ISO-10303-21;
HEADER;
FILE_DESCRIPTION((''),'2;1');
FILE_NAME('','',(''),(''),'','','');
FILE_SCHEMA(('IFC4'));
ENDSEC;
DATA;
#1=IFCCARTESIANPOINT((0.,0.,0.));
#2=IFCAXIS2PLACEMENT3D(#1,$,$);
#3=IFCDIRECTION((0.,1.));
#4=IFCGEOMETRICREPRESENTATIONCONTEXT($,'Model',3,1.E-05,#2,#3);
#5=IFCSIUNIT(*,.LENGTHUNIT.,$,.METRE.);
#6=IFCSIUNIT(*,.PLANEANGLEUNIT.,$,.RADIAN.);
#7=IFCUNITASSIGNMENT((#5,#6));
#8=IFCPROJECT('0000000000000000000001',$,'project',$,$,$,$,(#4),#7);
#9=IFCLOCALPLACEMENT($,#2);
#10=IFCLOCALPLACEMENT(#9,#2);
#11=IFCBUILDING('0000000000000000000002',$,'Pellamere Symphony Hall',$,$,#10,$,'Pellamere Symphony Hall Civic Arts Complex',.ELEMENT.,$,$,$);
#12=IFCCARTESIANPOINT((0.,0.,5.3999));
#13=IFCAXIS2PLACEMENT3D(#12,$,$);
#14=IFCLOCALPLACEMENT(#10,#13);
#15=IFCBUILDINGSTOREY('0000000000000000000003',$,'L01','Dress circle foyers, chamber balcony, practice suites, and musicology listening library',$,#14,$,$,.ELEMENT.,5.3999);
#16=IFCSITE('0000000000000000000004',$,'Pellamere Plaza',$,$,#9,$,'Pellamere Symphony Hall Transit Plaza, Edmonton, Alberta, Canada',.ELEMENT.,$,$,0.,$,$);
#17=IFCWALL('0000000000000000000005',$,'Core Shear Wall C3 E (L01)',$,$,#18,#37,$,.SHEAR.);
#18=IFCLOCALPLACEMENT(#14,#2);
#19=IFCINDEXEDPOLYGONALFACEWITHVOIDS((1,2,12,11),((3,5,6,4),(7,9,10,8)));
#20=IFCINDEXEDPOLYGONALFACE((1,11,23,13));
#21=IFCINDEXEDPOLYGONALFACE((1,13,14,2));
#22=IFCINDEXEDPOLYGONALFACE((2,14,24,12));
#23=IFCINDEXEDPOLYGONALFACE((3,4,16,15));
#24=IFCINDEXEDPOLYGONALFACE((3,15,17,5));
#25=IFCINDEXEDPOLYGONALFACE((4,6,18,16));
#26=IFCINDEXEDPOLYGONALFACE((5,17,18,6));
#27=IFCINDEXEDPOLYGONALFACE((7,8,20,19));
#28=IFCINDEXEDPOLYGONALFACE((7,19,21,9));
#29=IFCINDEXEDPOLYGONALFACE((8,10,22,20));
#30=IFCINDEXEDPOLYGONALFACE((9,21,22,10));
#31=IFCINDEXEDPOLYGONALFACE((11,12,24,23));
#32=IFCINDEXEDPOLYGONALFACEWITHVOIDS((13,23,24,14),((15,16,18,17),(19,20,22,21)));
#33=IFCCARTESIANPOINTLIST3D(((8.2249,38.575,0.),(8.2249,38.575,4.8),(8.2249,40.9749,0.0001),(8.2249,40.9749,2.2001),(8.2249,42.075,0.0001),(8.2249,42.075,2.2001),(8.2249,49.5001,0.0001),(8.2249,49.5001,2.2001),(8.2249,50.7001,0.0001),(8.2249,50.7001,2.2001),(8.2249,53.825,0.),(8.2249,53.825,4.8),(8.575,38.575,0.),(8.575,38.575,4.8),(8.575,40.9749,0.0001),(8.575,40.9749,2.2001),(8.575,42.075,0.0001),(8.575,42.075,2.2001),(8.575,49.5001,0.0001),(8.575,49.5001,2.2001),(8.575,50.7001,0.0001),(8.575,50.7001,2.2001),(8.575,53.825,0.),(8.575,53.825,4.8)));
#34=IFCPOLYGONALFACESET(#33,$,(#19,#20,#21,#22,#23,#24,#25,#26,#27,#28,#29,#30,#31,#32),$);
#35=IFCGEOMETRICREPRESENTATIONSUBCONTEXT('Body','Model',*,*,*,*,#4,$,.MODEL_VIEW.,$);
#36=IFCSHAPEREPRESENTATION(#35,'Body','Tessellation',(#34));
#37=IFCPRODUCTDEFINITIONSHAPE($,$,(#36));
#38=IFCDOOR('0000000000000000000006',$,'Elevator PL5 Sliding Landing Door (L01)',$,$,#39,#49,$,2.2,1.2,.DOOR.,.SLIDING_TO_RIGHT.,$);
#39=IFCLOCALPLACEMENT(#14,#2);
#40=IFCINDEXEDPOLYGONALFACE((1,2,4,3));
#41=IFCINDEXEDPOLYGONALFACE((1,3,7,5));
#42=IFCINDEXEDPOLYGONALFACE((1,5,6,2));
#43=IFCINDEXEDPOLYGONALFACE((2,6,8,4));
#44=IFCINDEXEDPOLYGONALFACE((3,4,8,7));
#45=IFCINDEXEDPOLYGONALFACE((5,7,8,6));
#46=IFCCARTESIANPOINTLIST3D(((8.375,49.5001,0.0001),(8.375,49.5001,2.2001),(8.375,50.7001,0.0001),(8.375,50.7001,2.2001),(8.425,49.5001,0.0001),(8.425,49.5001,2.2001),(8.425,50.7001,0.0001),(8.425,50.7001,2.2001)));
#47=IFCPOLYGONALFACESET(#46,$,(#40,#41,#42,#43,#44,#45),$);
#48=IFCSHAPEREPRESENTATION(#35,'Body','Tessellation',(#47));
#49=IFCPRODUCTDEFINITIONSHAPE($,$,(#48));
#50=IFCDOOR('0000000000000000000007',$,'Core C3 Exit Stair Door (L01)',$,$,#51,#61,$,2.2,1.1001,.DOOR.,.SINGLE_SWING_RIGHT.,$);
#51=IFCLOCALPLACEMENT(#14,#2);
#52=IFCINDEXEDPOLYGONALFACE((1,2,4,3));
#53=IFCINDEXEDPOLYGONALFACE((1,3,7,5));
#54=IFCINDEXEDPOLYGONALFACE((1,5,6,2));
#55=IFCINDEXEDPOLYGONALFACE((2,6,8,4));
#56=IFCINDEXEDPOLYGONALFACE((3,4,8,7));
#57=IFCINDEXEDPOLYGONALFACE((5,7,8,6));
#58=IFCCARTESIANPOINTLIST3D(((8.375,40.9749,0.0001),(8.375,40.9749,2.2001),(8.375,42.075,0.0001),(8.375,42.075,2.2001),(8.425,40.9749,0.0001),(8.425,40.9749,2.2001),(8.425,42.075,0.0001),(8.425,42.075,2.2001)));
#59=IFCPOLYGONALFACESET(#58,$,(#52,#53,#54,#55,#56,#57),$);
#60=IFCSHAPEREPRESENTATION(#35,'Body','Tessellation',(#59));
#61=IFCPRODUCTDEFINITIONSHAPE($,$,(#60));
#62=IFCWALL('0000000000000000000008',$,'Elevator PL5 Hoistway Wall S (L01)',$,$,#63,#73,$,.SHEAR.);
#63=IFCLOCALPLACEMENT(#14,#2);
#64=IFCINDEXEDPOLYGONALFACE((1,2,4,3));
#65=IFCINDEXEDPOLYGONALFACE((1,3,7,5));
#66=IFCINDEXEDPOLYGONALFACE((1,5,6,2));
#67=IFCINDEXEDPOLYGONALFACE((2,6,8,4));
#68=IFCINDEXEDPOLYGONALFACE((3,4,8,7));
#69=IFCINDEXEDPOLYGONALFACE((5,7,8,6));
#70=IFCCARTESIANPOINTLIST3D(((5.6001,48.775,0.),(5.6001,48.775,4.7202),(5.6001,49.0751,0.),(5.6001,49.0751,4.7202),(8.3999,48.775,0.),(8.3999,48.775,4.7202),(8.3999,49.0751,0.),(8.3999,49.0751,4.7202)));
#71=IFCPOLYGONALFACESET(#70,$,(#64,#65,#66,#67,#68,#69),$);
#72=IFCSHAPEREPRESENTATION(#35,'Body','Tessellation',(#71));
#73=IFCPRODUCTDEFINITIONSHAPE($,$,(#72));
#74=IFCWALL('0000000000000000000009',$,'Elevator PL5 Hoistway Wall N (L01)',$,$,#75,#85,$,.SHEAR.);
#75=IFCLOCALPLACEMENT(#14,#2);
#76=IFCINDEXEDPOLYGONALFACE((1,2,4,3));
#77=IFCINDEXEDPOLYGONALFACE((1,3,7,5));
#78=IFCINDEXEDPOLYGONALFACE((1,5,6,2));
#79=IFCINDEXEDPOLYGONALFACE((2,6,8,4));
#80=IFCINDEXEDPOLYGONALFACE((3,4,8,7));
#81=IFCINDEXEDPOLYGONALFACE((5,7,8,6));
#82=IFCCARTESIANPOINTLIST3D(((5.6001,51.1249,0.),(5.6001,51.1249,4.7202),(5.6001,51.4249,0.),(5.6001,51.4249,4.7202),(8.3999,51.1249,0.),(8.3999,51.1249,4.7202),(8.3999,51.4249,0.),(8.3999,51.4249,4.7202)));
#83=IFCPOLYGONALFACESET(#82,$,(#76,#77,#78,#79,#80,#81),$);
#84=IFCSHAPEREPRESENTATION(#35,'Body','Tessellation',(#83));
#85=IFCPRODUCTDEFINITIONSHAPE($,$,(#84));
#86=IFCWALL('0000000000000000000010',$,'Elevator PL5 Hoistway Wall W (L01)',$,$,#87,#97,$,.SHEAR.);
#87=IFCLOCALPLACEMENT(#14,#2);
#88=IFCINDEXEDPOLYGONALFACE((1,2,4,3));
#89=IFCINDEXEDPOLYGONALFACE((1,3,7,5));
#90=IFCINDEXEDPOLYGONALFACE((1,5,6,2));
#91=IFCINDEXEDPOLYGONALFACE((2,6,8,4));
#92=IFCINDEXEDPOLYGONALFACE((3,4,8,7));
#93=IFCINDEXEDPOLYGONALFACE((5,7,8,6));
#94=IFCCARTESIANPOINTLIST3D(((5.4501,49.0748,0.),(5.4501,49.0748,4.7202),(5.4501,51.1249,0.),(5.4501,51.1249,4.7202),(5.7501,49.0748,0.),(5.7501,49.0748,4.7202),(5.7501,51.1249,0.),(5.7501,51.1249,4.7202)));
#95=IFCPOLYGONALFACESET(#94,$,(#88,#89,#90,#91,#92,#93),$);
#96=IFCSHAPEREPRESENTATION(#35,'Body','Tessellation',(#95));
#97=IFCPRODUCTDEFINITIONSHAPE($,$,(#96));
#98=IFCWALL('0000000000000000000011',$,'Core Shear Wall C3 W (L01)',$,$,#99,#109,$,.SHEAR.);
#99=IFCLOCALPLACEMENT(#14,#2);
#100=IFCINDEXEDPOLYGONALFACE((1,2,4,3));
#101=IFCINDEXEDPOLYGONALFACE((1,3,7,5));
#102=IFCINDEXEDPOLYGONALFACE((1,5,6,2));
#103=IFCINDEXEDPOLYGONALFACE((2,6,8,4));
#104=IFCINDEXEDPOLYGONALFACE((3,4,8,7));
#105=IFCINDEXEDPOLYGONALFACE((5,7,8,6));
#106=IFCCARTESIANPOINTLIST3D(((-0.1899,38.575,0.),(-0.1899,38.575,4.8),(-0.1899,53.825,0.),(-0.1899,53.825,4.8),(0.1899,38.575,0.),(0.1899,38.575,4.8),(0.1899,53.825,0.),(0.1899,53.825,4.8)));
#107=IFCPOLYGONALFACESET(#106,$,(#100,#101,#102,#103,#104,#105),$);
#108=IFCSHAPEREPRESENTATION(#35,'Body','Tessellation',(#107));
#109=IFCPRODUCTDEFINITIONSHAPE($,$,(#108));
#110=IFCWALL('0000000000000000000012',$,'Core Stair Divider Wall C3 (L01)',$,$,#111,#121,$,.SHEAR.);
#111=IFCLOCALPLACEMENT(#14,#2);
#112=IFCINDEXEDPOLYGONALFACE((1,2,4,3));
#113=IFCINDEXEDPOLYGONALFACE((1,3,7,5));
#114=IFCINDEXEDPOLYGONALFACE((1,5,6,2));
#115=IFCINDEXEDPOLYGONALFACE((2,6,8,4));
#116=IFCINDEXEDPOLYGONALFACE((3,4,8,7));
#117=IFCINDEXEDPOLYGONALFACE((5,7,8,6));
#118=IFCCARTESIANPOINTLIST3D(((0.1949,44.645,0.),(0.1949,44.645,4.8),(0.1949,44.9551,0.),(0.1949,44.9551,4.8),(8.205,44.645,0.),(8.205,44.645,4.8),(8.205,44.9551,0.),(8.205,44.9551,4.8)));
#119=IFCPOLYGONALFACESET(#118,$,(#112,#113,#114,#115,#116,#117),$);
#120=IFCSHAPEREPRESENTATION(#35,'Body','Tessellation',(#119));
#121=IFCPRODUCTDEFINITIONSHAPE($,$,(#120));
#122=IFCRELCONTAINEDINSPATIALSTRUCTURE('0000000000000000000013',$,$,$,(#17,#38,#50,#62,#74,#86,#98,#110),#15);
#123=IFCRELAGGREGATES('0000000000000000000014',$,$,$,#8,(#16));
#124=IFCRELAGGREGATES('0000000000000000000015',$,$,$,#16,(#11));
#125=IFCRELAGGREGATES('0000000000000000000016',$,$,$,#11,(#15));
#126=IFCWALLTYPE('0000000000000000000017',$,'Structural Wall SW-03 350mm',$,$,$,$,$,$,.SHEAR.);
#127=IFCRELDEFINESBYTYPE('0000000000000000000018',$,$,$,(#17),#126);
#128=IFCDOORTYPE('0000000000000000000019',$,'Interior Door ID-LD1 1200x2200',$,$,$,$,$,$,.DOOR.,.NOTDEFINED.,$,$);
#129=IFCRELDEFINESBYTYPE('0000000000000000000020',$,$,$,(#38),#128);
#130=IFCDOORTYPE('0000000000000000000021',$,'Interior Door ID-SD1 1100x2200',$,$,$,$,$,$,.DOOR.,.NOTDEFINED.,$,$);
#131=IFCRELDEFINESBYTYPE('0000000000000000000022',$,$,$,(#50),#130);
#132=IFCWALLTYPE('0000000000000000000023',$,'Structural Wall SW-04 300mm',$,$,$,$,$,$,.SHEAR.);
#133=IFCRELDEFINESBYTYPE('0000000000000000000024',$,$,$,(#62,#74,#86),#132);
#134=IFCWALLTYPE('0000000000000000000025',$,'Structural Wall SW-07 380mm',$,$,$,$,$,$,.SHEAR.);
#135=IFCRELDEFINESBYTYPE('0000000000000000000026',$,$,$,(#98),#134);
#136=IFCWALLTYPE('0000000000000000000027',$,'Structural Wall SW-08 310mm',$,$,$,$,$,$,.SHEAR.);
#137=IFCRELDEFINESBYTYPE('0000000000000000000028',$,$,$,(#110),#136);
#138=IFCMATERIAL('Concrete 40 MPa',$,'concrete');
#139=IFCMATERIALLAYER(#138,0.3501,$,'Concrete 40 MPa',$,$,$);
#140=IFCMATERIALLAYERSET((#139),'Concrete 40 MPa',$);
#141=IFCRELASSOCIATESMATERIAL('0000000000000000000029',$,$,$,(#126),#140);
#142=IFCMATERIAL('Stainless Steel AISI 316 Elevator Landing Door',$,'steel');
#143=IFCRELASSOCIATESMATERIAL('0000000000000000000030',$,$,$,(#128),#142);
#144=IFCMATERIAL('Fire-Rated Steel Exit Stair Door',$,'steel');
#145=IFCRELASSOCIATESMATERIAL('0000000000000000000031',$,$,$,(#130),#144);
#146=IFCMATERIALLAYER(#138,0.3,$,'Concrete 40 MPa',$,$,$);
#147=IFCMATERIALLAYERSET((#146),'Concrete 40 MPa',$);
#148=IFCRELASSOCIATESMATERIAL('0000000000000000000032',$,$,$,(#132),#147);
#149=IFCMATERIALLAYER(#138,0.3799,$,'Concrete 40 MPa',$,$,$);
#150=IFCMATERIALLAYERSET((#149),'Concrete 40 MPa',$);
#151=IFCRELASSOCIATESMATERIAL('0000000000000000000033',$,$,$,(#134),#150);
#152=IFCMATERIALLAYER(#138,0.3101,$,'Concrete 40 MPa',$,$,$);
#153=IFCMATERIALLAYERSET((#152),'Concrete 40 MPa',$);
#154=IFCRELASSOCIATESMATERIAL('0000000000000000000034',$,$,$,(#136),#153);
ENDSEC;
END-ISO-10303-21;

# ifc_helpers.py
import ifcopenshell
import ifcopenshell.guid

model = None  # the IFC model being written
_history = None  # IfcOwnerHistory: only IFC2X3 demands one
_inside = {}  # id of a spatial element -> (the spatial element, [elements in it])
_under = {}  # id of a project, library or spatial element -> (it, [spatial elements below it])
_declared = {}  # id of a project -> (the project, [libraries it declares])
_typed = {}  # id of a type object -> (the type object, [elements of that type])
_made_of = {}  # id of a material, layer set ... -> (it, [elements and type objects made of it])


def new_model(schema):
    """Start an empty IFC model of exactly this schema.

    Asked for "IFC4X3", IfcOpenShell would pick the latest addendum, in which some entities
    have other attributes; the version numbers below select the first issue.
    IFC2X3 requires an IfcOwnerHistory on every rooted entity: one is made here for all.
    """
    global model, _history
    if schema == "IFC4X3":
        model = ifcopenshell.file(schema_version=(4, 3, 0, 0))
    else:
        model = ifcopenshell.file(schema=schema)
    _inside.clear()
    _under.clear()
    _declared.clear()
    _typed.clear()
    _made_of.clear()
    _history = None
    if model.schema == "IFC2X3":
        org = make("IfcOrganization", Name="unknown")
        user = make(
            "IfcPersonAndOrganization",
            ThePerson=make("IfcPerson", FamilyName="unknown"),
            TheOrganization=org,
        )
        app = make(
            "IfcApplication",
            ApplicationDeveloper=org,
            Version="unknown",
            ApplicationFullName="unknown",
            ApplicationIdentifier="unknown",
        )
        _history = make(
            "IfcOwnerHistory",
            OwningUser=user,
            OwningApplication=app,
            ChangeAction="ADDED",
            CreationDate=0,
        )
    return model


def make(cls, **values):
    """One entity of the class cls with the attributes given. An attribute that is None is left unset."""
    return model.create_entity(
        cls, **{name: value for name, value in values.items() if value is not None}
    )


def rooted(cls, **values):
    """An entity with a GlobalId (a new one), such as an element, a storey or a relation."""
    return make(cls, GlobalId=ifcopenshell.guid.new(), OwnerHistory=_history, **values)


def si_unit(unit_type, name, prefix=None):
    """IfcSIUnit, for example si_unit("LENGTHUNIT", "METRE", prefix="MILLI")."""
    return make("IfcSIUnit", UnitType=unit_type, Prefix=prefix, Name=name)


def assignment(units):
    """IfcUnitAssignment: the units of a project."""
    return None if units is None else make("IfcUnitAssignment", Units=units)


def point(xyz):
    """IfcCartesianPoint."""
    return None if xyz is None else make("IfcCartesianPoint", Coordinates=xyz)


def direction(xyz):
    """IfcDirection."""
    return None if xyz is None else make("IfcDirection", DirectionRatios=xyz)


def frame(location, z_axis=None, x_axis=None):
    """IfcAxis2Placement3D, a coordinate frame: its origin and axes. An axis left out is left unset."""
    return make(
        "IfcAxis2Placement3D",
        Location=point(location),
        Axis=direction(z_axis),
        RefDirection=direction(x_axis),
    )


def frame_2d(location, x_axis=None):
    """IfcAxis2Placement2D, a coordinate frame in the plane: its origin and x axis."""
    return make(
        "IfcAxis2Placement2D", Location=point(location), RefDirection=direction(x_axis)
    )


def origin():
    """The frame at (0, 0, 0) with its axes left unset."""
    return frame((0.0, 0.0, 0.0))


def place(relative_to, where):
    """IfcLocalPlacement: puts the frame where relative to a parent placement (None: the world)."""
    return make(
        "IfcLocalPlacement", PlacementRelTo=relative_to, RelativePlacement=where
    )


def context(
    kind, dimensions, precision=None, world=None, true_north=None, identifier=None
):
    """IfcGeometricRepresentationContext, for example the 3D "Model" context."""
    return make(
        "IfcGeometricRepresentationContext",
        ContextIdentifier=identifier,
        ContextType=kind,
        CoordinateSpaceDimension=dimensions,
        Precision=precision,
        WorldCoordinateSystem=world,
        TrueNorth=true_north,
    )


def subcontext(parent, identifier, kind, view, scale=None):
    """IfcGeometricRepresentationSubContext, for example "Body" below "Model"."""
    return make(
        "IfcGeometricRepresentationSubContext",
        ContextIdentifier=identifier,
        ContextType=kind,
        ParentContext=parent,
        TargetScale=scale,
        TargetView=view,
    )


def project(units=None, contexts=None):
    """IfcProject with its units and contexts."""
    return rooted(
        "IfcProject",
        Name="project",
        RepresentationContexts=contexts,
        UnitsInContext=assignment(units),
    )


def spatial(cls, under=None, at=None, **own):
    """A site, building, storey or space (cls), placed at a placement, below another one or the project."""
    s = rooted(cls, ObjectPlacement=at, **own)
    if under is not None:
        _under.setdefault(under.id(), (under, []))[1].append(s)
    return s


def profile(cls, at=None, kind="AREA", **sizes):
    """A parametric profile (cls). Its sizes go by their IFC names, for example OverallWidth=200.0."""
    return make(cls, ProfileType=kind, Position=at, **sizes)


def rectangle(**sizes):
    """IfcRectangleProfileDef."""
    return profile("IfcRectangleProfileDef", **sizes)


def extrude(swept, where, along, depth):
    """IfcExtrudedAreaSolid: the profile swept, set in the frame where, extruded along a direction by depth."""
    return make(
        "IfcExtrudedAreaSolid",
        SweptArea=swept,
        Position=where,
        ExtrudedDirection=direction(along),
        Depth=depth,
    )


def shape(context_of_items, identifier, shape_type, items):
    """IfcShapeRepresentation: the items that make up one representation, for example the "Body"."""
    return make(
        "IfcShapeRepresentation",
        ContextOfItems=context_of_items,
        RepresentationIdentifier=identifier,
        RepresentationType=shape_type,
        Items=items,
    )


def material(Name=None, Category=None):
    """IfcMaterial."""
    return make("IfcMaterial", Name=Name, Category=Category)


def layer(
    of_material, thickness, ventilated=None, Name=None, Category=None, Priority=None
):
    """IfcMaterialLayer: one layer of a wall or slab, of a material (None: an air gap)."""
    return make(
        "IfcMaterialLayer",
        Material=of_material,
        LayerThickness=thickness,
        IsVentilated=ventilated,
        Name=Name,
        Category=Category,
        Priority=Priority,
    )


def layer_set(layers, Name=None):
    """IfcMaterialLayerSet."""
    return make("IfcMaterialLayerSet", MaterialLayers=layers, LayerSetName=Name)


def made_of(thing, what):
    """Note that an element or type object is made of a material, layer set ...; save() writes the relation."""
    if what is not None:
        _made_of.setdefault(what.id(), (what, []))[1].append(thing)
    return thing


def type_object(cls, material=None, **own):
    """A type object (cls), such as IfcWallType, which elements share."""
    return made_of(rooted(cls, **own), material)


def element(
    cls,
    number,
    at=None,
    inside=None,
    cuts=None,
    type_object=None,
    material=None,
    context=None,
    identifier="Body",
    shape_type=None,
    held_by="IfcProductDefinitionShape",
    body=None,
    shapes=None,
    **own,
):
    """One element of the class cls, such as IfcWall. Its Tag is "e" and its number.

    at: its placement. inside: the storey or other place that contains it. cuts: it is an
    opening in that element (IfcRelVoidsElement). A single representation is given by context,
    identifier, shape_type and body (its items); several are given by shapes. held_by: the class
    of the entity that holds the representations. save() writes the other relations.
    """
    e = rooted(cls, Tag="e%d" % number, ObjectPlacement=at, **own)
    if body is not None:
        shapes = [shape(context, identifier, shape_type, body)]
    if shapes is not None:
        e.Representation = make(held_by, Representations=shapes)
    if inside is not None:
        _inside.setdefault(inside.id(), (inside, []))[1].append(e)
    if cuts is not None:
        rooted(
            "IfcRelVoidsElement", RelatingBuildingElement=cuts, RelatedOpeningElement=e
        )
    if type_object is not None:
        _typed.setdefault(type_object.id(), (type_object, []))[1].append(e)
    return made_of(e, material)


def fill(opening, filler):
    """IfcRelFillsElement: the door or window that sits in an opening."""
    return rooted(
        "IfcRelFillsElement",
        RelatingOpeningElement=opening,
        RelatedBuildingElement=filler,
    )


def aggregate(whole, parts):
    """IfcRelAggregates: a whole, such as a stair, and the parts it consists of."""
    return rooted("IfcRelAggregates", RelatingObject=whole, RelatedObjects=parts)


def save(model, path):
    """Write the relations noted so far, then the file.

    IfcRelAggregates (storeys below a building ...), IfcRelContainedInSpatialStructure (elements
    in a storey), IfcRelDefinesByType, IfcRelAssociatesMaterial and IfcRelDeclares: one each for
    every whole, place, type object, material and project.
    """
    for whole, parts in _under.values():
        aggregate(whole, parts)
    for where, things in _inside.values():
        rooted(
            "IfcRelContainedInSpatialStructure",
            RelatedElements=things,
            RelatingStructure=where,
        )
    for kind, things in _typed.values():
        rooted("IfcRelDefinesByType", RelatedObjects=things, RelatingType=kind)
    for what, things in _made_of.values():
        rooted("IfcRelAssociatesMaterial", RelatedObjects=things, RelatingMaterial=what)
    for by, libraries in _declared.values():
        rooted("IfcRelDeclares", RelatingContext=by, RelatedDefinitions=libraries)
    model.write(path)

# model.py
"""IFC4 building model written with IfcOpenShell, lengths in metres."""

from ifc_helpers import new_model, si_unit, direction, frame, frame_2d, origin, place, context, subcontext, project, spatial, rectangle, extrude, material, layer, layer_set, type_object, element, fill, save


model = new_model("IFC4")

# Units and contexts
model_context = context("Model", 3, precision=1e-05, world=origin(), true_north=direction((0.0, 1.0)))
body_context = subcontext(model_context, "Body", "Model", "MODEL_VIEW")
ifc_project = project(units=[si_unit("LENGTHUNIT", "METRE"), si_unit("PLANEANGLEUNIT", "RADIAN")], contexts=[model_context])

# Site, building, storey
site_placement = place(None, origin())
site = spatial("IfcSite", under=ifc_project, at=site_placement, Name="Pellamere Plaza", LongName="Pellamere Symphony Hall Transit Plaza, Edmonton, Alberta, Canada", CompositionType="ELEMENT", RefElevation=0.0)
building_placement = place(site_placement, origin())
building = spatial("IfcBuilding", under=site, at=building_placement, Name="Pellamere Symphony Hall", LongName="Pellamere Symphony Hall Civic Arts Complex", CompositionType="ELEMENT")
storey_placement = place(building_placement, frame((0.0, 0.0, 5.3999)))
storey = spatial("IfcBuildingStorey", under=building, at=storey_placement, Name="L01", Description="Dress circle foyers, chamber balcony, practice suites, and musicology listening library", CompositionType="ELEMENT", Elevation=5.3999)

# Shared definitions
ifc_material_1 = material(Name="Concrete 40 MPa", Category="concrete")

# Shared definitions
ifc_layer_1 = layer(ifc_material_1, 0.3501, Name="Concrete 40 MPa")
ifc_layer_set_1 = layer_set([ifc_layer_1], Name="Concrete 40 MPa")
wall_type_1 = type_object("IfcWallType", Name="Structural Wall SW-03 350mm", PredefinedType="SHEAR", material=ifc_layer_set_1)

# Wall, openings, doors
wall_1_placement = place(storey_placement, frame((8.3999, 38.575, 0.0), z_axis=(0.0, 0.0, 1.0), x_axis=(0.0, 1.0, 0.0)))
wall_1 = element("IfcWall", 1, at=wall_1_placement, inside=storey, type_object=wall_type_1, Name="Core Shear Wall C3 E (L01)", PredefinedType="SHEAR", context=body_context, shape_type="SweptSolid", body=[
    extrude(rectangle(XDim=15.25, YDim=0.3501, at=frame_2d((7.625, 0.0))), origin(), (0.0, 0.0, 1.0), 4.8),
])
opening_1_placement = place(wall_1_placement, frame((10.925, 0.0, 0.0)))
opening_1 = element("IfcOpeningElement", 2, at=opening_1_placement, cuts=wall_1, PredefinedType="OPENING", context=body_context, shape_type="SweptSolid", body=[
    extrude(rectangle(XDim=1.2, YDim=2.2, at=frame_2d((0.6001, 1.1001))), frame((0.0, 0.1851, 0.0), z_axis=(0.0, -1.0, 0.0), x_axis=(1.0, 0.0, 0.0)), (0.0, 0.0, 1.0), 0.3701),
])
opening_2_placement = place(wall_1_placement, frame((2.3999, 0.0, 0.0)))
opening_2 = element("IfcOpeningElement", 3, at=opening_2_placement, cuts=wall_1, PredefinedType="OPENING", context=body_context, shape_type="SweptSolid", body=[
    extrude(rectangle(XDim=1.1001, YDim=2.2, at=frame_2d((0.55, 1.1001))), frame((0.0, 0.1851, 0.0), z_axis=(0.0, -1.0, 0.0), x_axis=(1.0, 0.0, 0.0)), (0.0, 0.0, 1.0), 0.3701),
])
ifc_material_2 = material(Name="Stainless Steel AISI 316 Elevator Landing Door", Category="steel")
door_type_1 = type_object("IfcDoorType", Name="Interior Door ID-LD1 1200x2200", OperationType="NOTDEFINED", PredefinedType="DOOR", material=ifc_material_2)
door_1_placement = place(opening_1_placement, origin())
door_1 = element("IfcDoor", 4, at=door_1_placement, inside=storey, type_object=door_type_1, Name="Elevator PL5 Sliding Landing Door (L01)", OperationType="SLIDING_TO_RIGHT", OverallHeight=2.2, OverallWidth=1.2, PredefinedType="DOOR", context=body_context, shape_type="SweptSolid", body=[
    extrude(rectangle(XDim=1.2, YDim=2.2, at=frame_2d((0.6001, 1.1001))), frame((0.0, 0.0249, 0.0), z_axis=(0.0, -1.0, 0.0), x_axis=(1.0, 0.0, 0.0)), (0.0, 0.0, 1.0), 0.05),
])
fill(opening_1, door_1)
ifc_material_3 = material(Name="Fire-Rated Steel Exit Stair Door", Category="steel")
door_type_2 = type_object("IfcDoorType", Name="Interior Door ID-SD1 1100x2200", OperationType="NOTDEFINED", PredefinedType="DOOR", material=ifc_material_3)
door_2_placement = place(opening_2_placement, origin())
door_2 = element("IfcDoor", 5, at=door_2_placement, inside=storey, type_object=door_type_2, Name="Core C3 Exit Stair Door (L01)", OperationType="SINGLE_SWING_RIGHT", OverallHeight=2.2, OverallWidth=1.1001, PredefinedType="DOOR", context=body_context, shape_type="SweptSolid", body=[
    extrude(rectangle(XDim=1.1001, YDim=2.2, at=frame_2d((0.55, 1.1001))), frame((0.0, 0.0249, 0.0), z_axis=(0.0, -1.0, 0.0), x_axis=(1.0, 0.0, 0.0)), (0.0, 0.0, 1.0), 0.05),
])
fill(opening_2, door_2)

# Walls
ifc_layer_2 = layer(ifc_material_1, 0.3, Name="Concrete 40 MPa")
ifc_layer_set_2 = layer_set([ifc_layer_2], Name="Concrete 40 MPa")
wall_type_2 = type_object("IfcWallType", Name="Structural Wall SW-04 300mm", PredefinedType="SHEAR", material=ifc_layer_set_2)
for number, where, z_axis, x_axis, name in (
    (6, (5.6001, 48.925, 0.0), (0.0, 0.0, 1.0), (1.0, 0.0, 0.0), "Elevator PL5 Hoistway Wall S (L01)"),
    (7, (5.6001, 51.2749, 0.0), (0.0, 0.0, 1.0), (1.0, 0.0, 0.0), "Elevator PL5 Hoistway Wall N (L01)"),
):
    element("IfcWall", number, at=place(storey_placement, frame(where, z_axis=z_axis, x_axis=x_axis)), inside=storey, type_object=wall_type_2, Name=name, PredefinedType="SHEAR", context=body_context, shape_type="SweptSolid", body=[
        extrude(rectangle(XDim=2.7998, YDim=0.3, at=frame_2d((1.3999, 0.0))), origin(), (0.0, 0.0, 1.0), 4.7202),
    ])
wall_2_placement = place(storey_placement, frame((5.6001, 49.075, 0.0), z_axis=(0.0, 0.0, 1.0), x_axis=(0.0, 1.0, 0.0)))
element("IfcWall", 8, at=wall_2_placement, inside=storey, type_object=wall_type_2, Name="Elevator PL5 Hoistway Wall W (L01)", PredefinedType="SHEAR", context=body_context, shape_type="SweptSolid", body=[
    extrude(rectangle(XDim=2.05, YDim=0.3, at=frame_2d((1.0249, 0.0))), origin(), (0.0, 0.0, 1.0), 4.7202),
])
ifc_layer_3 = layer(ifc_material_1, 0.3799, Name="Concrete 40 MPa")
ifc_layer_set_3 = layer_set([ifc_layer_3], Name="Concrete 40 MPa")
wall_type_3 = type_object("IfcWallType", Name="Structural Wall SW-07 380mm", PredefinedType="SHEAR", material=ifc_layer_set_3)
wall_3_placement = place(storey_placement, frame((0.0, 38.575, 0.0), z_axis=(0.0, 0.0, 1.0), x_axis=(0.0, 1.0, 0.0)))
element("IfcWall", 9, at=wall_3_placement, inside=storey, type_object=wall_type_3, Name="Core Shear Wall C3 W (L01)", PredefinedType="SHEAR", context=body_context, shape_type="SweptSolid", body=[
    extrude(rectangle(XDim=15.25, YDim=0.3799, at=frame_2d((7.625, 0.0))), origin(), (0.0, 0.0, 1.0), 4.8),
])
ifc_layer_4 = layer(ifc_material_1, 0.3101, Name="Concrete 40 MPa")
ifc_layer_set_4 = layer_set([ifc_layer_4], Name="Concrete 40 MPa")
wall_type_4 = type_object("IfcWallType", Name="Structural Wall SW-08 310mm", PredefinedType="SHEAR", material=ifc_layer_set_4)
wall_4_placement = place(storey_placement, frame((0.1951, 44.8, 0.0), z_axis=(0.0, 0.0, 1.0), x_axis=(1.0, 0.0, 0.0)))
element("IfcWall", 10, at=wall_4_placement, inside=storey, type_object=wall_type_4, Name="Core Stair Divider Wall C3 (L01)", PredefinedType="SHEAR", context=body_context, shape_type="SweptSolid", body=[
    extrude(rectangle(XDim=8.01, YDim=0.3101, at=frame_2d((4.0049, 0.0))), origin(), (0.0, 0.0, 1.0), 4.8),
])

save(model, "model.ifc")
